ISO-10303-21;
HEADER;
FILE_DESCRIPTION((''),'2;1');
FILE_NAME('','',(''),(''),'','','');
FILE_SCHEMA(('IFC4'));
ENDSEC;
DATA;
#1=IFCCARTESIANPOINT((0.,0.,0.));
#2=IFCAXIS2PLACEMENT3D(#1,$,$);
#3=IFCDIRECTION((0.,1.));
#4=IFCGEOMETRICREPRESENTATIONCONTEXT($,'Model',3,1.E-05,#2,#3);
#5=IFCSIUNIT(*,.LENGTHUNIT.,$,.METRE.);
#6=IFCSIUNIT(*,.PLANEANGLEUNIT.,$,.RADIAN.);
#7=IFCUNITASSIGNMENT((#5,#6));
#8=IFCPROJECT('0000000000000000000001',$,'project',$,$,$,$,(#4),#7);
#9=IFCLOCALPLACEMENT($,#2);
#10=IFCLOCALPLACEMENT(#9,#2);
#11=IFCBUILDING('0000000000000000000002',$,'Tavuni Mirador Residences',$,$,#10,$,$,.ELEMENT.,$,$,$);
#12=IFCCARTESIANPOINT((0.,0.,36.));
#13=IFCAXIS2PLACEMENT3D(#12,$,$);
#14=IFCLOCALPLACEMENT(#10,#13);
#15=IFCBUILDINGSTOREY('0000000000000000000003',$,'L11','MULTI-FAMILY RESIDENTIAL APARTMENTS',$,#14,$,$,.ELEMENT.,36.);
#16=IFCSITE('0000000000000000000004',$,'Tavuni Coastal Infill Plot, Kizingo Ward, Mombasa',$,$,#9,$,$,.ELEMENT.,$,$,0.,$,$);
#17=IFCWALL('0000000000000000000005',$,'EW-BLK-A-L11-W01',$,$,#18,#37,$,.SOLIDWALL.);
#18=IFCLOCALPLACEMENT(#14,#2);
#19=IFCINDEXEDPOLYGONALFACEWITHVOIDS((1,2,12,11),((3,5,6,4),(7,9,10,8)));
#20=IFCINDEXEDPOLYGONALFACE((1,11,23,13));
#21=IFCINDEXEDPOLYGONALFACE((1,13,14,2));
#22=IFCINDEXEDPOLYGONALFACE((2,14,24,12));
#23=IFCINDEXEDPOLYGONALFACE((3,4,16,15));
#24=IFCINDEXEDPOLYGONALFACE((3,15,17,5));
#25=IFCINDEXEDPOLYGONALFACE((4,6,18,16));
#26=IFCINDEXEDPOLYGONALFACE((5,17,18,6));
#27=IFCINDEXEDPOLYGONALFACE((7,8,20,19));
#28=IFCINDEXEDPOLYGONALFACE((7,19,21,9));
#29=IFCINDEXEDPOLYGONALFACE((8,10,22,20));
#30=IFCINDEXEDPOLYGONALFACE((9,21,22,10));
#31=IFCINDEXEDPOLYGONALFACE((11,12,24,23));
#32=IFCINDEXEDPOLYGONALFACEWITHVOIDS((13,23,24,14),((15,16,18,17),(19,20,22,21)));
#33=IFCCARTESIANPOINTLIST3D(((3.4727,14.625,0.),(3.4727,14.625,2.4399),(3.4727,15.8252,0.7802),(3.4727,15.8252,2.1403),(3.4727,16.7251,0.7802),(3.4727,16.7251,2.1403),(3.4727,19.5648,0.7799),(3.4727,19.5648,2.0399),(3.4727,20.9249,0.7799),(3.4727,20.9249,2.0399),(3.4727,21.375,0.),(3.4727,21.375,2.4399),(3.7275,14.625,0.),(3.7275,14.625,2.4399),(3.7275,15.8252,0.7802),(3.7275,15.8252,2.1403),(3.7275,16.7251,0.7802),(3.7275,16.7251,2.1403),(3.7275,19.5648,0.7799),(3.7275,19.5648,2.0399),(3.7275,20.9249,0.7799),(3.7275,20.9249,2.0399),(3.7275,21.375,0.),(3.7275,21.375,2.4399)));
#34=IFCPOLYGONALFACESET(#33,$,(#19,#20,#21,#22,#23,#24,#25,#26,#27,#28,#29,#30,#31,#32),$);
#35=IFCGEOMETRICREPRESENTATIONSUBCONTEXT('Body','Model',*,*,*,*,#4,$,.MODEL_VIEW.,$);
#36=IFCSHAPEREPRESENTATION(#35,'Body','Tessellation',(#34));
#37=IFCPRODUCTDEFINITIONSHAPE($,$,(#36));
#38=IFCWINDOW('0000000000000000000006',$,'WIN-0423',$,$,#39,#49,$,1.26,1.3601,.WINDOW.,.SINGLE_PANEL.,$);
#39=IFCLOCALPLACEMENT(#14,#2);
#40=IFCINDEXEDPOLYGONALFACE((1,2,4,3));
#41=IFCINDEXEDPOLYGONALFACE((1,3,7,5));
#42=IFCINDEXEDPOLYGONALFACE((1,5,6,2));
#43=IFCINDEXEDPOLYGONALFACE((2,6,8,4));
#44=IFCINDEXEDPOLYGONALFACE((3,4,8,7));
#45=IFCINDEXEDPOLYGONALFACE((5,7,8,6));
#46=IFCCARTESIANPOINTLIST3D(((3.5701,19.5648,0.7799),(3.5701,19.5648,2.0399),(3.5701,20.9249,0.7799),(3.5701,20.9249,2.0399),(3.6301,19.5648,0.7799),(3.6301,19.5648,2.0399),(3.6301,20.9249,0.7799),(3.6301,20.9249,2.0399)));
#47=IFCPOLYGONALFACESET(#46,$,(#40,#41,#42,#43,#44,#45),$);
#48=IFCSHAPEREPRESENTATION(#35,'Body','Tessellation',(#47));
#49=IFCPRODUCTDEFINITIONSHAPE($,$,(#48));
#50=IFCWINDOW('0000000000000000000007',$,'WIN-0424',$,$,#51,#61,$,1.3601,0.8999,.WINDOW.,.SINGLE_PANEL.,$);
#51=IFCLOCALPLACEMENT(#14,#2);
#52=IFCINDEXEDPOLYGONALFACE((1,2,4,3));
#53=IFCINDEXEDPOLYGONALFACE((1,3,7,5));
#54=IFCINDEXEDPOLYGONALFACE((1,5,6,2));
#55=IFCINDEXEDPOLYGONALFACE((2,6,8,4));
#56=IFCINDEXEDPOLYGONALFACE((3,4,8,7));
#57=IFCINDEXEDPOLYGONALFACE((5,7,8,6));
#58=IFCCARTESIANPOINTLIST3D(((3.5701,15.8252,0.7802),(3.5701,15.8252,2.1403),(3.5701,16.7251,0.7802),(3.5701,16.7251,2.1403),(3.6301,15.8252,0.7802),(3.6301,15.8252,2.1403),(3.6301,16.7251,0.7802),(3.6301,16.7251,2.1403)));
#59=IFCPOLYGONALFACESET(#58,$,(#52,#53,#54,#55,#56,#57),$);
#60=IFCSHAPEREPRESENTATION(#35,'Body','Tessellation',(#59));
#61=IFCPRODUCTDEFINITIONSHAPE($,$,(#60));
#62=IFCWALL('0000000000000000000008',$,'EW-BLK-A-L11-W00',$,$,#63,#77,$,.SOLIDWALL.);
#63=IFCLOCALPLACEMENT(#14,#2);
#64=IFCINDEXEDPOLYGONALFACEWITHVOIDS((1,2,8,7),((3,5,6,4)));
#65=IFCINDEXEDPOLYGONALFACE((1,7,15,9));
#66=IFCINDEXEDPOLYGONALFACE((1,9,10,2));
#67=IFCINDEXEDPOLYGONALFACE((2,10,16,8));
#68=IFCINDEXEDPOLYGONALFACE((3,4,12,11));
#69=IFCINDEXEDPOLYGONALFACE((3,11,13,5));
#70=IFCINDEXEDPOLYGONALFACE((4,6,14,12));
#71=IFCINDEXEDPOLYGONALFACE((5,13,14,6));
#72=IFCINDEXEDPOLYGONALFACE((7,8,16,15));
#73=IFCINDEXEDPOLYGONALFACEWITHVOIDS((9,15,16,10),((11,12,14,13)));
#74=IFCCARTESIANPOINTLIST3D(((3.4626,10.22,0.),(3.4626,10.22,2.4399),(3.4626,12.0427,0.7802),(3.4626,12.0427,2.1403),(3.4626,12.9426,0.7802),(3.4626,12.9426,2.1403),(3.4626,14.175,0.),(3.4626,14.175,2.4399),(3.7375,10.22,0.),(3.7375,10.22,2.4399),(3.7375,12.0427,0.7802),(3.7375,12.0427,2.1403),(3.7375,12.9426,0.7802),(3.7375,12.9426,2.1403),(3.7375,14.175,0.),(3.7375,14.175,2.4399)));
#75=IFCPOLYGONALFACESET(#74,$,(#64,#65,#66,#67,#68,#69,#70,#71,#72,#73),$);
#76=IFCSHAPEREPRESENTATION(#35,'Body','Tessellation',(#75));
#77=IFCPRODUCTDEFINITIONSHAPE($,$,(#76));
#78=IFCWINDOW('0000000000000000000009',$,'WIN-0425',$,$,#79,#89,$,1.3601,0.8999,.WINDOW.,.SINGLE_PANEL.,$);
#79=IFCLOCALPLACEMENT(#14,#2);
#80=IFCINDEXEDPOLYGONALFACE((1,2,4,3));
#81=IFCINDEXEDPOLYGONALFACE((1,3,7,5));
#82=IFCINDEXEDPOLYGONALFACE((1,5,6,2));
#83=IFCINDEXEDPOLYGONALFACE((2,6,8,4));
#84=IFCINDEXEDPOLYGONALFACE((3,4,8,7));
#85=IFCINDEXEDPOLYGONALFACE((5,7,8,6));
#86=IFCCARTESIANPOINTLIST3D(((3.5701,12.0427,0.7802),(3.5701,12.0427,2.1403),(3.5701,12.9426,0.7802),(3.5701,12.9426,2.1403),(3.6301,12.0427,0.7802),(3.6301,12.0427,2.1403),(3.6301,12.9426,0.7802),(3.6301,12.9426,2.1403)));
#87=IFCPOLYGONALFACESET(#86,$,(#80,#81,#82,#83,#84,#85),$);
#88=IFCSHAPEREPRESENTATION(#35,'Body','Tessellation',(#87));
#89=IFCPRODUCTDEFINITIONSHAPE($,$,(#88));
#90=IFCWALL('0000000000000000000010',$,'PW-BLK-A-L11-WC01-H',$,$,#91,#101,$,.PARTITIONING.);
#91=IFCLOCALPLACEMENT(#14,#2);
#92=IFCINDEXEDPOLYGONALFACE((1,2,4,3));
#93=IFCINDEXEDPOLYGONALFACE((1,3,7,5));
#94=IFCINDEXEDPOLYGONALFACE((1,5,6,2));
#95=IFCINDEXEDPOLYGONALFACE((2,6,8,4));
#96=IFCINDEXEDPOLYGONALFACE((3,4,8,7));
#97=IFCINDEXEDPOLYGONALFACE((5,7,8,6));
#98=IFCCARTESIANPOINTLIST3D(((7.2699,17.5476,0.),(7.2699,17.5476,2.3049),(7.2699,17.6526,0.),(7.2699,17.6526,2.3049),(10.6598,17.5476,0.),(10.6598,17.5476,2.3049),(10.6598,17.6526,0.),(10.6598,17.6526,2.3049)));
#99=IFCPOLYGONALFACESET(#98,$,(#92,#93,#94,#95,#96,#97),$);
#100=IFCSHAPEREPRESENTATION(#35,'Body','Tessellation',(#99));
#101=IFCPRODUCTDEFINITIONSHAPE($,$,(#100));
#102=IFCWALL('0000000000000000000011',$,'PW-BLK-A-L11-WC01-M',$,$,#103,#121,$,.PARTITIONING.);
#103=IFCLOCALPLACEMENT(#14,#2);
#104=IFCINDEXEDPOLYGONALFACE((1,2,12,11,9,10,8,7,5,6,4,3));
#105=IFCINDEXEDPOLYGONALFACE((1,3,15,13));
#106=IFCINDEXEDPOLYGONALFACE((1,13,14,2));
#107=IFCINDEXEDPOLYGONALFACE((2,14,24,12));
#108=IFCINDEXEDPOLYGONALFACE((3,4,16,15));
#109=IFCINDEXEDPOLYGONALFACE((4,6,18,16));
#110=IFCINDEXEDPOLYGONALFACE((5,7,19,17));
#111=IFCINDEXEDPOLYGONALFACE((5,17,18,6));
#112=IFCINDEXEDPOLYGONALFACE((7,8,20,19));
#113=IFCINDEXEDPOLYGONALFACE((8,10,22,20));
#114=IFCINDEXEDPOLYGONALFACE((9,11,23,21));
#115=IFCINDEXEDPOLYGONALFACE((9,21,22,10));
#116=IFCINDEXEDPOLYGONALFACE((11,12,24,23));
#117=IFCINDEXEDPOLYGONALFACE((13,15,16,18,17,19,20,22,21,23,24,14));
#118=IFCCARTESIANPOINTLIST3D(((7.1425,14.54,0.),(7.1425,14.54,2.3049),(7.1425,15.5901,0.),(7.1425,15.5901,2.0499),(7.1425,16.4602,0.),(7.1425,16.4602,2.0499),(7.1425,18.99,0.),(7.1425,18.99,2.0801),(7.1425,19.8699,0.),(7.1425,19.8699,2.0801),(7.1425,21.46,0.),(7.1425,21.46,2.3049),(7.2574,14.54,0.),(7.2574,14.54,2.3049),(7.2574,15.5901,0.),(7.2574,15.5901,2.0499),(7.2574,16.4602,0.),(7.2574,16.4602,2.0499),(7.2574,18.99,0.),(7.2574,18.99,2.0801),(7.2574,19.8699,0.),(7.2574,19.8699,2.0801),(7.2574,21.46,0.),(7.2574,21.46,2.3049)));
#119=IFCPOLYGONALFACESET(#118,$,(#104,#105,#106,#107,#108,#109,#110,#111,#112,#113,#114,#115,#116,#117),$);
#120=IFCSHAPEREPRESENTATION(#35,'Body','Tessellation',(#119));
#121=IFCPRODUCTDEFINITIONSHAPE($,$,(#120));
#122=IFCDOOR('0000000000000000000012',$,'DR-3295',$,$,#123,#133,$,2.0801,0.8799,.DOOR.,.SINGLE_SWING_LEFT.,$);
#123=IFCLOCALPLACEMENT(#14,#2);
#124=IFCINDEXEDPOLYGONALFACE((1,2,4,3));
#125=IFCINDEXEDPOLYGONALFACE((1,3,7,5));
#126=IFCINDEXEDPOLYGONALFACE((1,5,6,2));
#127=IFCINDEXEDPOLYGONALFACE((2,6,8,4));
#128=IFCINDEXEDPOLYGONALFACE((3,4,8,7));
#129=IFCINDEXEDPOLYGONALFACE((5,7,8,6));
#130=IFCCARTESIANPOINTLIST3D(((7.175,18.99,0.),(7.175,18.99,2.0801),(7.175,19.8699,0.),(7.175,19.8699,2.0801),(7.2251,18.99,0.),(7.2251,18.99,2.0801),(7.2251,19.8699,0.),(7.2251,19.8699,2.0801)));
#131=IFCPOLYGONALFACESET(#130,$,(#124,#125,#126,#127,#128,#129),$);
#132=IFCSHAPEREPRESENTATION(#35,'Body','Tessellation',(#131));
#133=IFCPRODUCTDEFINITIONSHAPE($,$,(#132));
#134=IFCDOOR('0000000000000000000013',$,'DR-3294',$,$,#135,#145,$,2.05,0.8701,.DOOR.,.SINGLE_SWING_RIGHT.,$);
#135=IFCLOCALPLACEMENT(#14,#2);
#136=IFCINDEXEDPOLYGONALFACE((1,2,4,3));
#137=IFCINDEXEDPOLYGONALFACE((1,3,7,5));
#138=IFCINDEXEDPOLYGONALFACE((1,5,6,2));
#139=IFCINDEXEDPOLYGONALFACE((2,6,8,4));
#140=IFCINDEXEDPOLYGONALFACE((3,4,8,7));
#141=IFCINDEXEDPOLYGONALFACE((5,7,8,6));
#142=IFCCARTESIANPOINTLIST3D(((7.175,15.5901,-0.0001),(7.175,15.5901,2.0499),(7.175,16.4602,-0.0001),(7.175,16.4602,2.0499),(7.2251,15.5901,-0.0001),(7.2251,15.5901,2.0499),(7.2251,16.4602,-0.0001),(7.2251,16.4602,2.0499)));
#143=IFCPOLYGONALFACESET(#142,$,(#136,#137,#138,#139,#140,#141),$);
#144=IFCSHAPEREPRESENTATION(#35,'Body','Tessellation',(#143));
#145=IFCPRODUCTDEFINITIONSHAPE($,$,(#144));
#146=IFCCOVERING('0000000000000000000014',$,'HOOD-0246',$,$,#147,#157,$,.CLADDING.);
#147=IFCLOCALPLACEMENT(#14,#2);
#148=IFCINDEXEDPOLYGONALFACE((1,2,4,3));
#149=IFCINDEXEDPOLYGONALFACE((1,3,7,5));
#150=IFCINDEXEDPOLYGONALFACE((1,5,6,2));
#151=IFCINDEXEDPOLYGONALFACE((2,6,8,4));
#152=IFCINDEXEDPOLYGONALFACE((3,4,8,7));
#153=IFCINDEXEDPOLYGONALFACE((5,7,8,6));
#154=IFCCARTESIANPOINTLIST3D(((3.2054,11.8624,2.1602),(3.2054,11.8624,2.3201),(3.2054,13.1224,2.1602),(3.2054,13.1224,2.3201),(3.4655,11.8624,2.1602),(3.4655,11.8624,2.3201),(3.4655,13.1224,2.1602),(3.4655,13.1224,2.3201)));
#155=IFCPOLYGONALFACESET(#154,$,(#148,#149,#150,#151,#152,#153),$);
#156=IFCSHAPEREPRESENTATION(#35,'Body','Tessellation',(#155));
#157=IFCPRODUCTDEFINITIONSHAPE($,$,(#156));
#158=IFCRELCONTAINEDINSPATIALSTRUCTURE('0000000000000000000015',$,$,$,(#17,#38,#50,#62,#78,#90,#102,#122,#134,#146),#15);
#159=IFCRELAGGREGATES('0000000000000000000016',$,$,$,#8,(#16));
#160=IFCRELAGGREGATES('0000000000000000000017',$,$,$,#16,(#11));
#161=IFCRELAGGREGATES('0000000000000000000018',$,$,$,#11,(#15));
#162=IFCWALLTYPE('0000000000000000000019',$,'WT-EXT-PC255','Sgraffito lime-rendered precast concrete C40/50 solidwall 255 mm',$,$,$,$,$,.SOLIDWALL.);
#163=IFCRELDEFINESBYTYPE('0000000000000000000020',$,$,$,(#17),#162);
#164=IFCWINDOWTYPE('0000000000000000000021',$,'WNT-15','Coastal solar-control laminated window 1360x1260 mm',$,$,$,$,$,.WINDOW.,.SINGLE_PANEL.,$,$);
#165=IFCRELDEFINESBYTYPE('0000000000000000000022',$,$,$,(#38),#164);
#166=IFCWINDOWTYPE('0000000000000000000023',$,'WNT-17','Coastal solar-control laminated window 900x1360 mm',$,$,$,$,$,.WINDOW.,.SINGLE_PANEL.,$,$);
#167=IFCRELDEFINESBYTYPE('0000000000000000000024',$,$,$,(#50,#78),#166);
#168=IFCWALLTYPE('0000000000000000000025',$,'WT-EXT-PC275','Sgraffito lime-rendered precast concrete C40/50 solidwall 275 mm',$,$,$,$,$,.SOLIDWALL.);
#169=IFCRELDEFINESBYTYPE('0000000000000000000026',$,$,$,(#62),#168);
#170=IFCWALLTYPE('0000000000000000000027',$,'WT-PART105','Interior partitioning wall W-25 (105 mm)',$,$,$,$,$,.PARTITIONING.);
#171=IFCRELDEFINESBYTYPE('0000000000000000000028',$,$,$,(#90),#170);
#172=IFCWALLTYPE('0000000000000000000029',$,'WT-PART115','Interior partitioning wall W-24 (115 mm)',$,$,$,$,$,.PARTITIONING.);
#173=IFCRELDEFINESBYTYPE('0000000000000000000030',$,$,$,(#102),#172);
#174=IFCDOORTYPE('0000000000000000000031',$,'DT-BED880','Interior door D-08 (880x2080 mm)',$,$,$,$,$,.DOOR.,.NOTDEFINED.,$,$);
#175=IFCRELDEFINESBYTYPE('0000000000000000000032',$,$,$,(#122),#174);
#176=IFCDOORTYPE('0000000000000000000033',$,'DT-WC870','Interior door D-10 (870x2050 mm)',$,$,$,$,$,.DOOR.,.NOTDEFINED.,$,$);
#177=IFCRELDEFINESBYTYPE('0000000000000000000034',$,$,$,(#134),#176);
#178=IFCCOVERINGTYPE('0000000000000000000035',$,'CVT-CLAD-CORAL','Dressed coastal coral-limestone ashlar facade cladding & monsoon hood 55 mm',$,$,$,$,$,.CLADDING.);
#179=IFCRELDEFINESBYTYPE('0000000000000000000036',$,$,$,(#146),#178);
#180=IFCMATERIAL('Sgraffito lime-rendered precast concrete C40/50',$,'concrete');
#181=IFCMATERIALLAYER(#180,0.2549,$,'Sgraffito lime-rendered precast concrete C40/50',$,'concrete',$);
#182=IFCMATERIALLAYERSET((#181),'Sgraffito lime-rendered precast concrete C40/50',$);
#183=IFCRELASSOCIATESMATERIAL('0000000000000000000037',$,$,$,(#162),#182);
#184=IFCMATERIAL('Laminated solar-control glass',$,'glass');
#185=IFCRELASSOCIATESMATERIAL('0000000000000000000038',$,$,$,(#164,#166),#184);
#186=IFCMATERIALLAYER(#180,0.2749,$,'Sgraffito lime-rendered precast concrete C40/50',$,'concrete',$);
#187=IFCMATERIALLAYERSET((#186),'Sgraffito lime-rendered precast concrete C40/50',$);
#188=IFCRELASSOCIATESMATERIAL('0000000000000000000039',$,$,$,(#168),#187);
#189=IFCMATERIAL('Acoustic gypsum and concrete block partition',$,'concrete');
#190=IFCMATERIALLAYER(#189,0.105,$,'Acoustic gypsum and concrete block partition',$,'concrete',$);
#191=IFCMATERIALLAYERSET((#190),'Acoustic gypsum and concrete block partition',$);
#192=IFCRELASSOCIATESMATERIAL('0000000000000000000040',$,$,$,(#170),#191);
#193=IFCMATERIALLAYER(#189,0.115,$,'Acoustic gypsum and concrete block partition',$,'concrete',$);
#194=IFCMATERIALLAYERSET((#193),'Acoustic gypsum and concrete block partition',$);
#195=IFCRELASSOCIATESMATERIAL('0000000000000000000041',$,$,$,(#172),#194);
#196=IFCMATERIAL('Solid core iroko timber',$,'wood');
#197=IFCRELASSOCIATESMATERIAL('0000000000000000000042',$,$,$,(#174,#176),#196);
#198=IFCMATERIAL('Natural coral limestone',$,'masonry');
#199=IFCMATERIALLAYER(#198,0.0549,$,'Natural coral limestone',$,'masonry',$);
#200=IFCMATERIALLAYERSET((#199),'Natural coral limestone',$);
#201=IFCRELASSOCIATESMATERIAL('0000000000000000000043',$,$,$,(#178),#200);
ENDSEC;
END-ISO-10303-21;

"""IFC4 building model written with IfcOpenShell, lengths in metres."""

from ifc_helpers import new_model, si_unit, direction, frame, frame_2d, origin, origin_2d, place, context, subcontext, project, spatial, rectangle, extrude, material, layer, layer_set, type_object, element, fill, save


model = new_model("IFC4")

# Units and contexts
model_context = context("Model", 3, precision=1e-05, world=origin(), true_north=direction((0.0, 1.0)))
body_context = subcontext(model_context, "Body", "Model", "MODEL_VIEW")
ifc_project = project(units=[si_unit("LENGTHUNIT", "METRE"), si_unit("PLANEANGLEUNIT", "RADIAN")], contexts=[model_context])

# Site, building, storey
site_placement = place(None, origin())
site = spatial("IfcSite", under=ifc_project, at=site_placement, Name="Tavuni Coastal Infill Plot, Kizingo Ward, Mombasa", CompositionType="ELEMENT", RefElevation=0.0)
building_placement = place(site_placement, origin())
building = spatial("IfcBuilding", under=site, at=building_placement, Name="Tavuni Mirador Residences", CompositionType="ELEMENT")
storey_placement = place(building_placement, frame((0.0, 0.0, 36.0)))
storey = spatial("IfcBuildingStorey", under=building, at=storey_placement, Name="L11", Description="MULTI-FAMILY RESIDENTIAL APARTMENTS", CompositionType="ELEMENT", Elevation=36.0)

# Wall, openings, windows
ifc_material_1 = material(Name="Sgraffito lime-rendered precast concrete C40/50", Category="concrete")
ifc_layer_1 = layer(ifc_material_1, 0.2549, Name="Sgraffito lime-rendered precast concrete C40/50", Category="concrete")
ifc_layer_set_1 = layer_set([ifc_layer_1], Name="Sgraffito lime-rendered precast concrete C40/50")
wall_type_1 = type_object("IfcWallType", Name="WT-EXT-PC255", Description="Sgraffito lime-rendered precast concrete C40/50 solidwall 255 mm", PredefinedType="SOLIDWALL", material=ifc_layer_set_1)
wall_1_placement = place(storey_placement, frame((3.6001, 21.375, 0.0), z_axis=(0.0, 0.0, 1.0), x_axis=(0.0, -1.0, 0.0)))
wall_1 = element("IfcWall", 1, at=wall_1_placement, inside=storey, type_object=wall_type_1, Name="EW-BLK-A-L11-W01", PredefinedType="SOLIDWALL", context=body_context, shape_type="SweptSolid", body=[
    extrude(rectangle(XDim=6.75, YDim=0.2549, at=frame_2d((3.375, 0.0))), origin(), (0.0, 0.0, 1.0), 2.4399),
])
opening_1_placement = place(wall_1_placement, frame((0.45, 0.0, 0.78)))
opening_1 = element("IfcOpeningElement", 2, at=opening_1_placement, cuts=wall_1, PredefinedType="OPENING", context=body_context, shape_type="SweptSolid", body=[
    extrude(rectangle(XDim=1.3601, YDim=1.26, at=frame_2d((0.6802, 0.6299))), frame((0.0, 0.1375, 0.0), z_axis=(0.0, -1.0, 0.0), x_axis=(1.0, 0.0, 0.0)), (0.0, 0.0, 1.0), 0.2749),
])
opening_2_placement = place(wall_1_placement, frame((4.6499, 0.0, 0.78)))
opening_2 = element("IfcOpeningElement", 3, at=opening_2_placement, cuts=wall_1, PredefinedType="OPENING", context=body_context, shape_type="SweptSolid", body=[
    extrude(rectangle(XDim=0.8999, YDim=1.3601, at=frame_2d((0.45, 0.6802))), frame((0.0, 0.1375, 0.0), z_axis=(0.0, -1.0, 0.0), x_axis=(1.0, 0.0, 0.0)), (0.0, 0.0, 1.0), 0.2749),
])
ifc_material_2 = material(Name="Laminated solar-control glass", Category="glass")
window_type_1 = type_object("IfcWindowType", Name="WNT-15", Description="Coastal solar-control laminated window 1360x1260 mm", PartitioningType="SINGLE_PANEL", PredefinedType="WINDOW", material=ifc_material_2)
window_1_placement = place(opening_1_placement, origin())
window_1 = element("IfcWindow", 4, at=window_1_placement, inside=storey, type_object=window_type_1, Name="WIN-0423", OverallHeight=1.26, OverallWidth=1.3601, PartitioningType="SINGLE_PANEL", PredefinedType="WINDOW", context=body_context, shape_type="SweptSolid", body=[
    extrude(rectangle(XDim=1.3601, YDim=1.26, at=frame_2d((0.6802, 0.6299))), frame((0.0, 0.03, 0.0), z_axis=(0.0, -1.0, 0.0), x_axis=(1.0, 0.0, 0.0)), (0.0, 0.0, 1.0), 0.0601),
])
fill(opening_1, window_1)
window_type_2 = type_object("IfcWindowType", Name="WNT-17", Description="Coastal solar-control laminated window 900x1360 mm", PartitioningType="SINGLE_PANEL", PredefinedType="WINDOW", material=ifc_material_2)
window_2_placement = place(opening_2_placement, origin())
window_2 = element("IfcWindow", 5, at=window_2_placement, inside=storey, type_object=window_type_2, Name="WIN-0424", OverallHeight=1.3601, OverallWidth=0.8999, PartitioningType="SINGLE_PANEL", PredefinedType="WINDOW", context=body_context, shape_type="SweptSolid", body=[
    extrude(rectangle(XDim=0.8999, YDim=1.3601, at=frame_2d((0.45, 0.6802))), frame((0.0, 0.03, 0.0), z_axis=(0.0, -1.0, 0.0), x_axis=(1.0, 0.0, 0.0)), (0.0, 0.0, 1.0), 0.0601),
])
fill(opening_2, window_2)

# Wall, opening, window
ifc_layer_2 = layer(ifc_material_1, 0.2749, Name="Sgraffito lime-rendered precast concrete C40/50", Category="concrete")
ifc_layer_set_2 = layer_set([ifc_layer_2], Name="Sgraffito lime-rendered precast concrete C40/50")
wall_type_2 = type_object("IfcWallType", Name="WT-EXT-PC275", Description="Sgraffito lime-rendered precast concrete C40/50 solidwall 275 mm", PredefinedType="SOLIDWALL", material=ifc_layer_set_2)
wall_2_placement = place(storey_placement, frame((3.6001, 14.175, 0.0), z_axis=(0.0, 0.0, 1.0), x_axis=(0.0, -1.0, 0.0)))
wall_2 = element("IfcWall", 6, at=wall_2_placement, inside=storey, type_object=wall_type_2, Name="EW-BLK-A-L11-W00", PredefinedType="SOLIDWALL", context=body_context, shape_type="SweptSolid", body=[
    extrude(rectangle(XDim=3.9551, YDim=0.2749, at=frame_2d((1.9775, 0.0))), origin(), (0.0, 0.0, 1.0), 2.4399),
])
opening_3_placement = place(wall_2_placement, frame((1.2324, 0.0, 0.78)))
opening_3 = element("IfcOpeningElement", 7, at=opening_3_placement, cuts=wall_2, PredefinedType="OPENING", context=body_context, shape_type="SweptSolid", body=[
    extrude(rectangle(XDim=0.8999, YDim=1.3601, at=frame_2d((0.45, 0.6802))), frame((0.0, 0.1475, 0.0), z_axis=(0.0, -1.0, 0.0), x_axis=(1.0, 0.0, 0.0)), (0.0, 0.0, 1.0), 0.2949),
])
window_3_placement = place(opening_3_placement, origin())
window_3 = element("IfcWindow", 8, at=window_3_placement, inside=storey, type_object=window_type_2, Name="WIN-0425", OverallHeight=1.3601, OverallWidth=0.8999, PartitioningType="SINGLE_PANEL", PredefinedType="WINDOW", context=body_context, shape_type="SweptSolid", body=[
    extrude(rectangle(XDim=0.8999, YDim=1.3601, at=frame_2d((0.45, 0.6802))), frame((0.0, 0.03, 0.0), z_axis=(0.0, -1.0, 0.0), x_axis=(1.0, 0.0, 0.0)), (0.0, 0.0, 1.0), 0.0601),
])
fill(opening_3, window_3)

# Wall
ifc_material_3 = material(Name="Acoustic gypsum and concrete block partition", Category="concrete")
ifc_layer_3 = layer(ifc_material_3, 0.105, Name="Acoustic gypsum and concrete block partition", Category="concrete")
ifc_layer_set_3 = layer_set([ifc_layer_3], Name="Acoustic gypsum and concrete block partition")
wall_type_3 = type_object("IfcWallType", Name="WT-PART105", Description="Interior partitioning wall W-25 (105 mm)", PredefinedType="PARTITIONING", material=ifc_layer_set_3)
wall_3_placement = place(storey_placement, frame((7.27, 17.6001, 0.0), z_axis=(0.0, 0.0, 1.0), x_axis=(1.0, 0.0, 0.0)))
element("IfcWall", 9, at=wall_3_placement, inside=storey, type_object=wall_type_3, Name="PW-BLK-A-L11-WC01-H", PredefinedType="PARTITIONING", context=body_context, shape_type="SweptSolid", body=[
    extrude(rectangle(XDim=3.3899, YDim=0.105, at=frame_2d((1.6948, 0.0))), origin(), (0.0, 0.0, 1.0), 2.3049),
])

# Wall, openings, doors
ifc_layer_4 = layer(ifc_material_3, 0.115, Name="Acoustic gypsum and concrete block partition", Category="concrete")
ifc_layer_set_4 = layer_set([ifc_layer_4], Name="Acoustic gypsum and concrete block partition")
wall_type_4 = type_object("IfcWallType", Name="WT-PART115", Description="Interior partitioning wall W-24 (115 mm)", PredefinedType="PARTITIONING", material=ifc_layer_set_4)
wall_4_placement = place(storey_placement, frame((7.2, 14.54, 0.0), z_axis=(0.0, 0.0, 1.0), x_axis=(0.0, 1.0, 0.0)))
wall_4 = element("IfcWall", 10, at=wall_4_placement, inside=storey, type_object=wall_type_4, Name="PW-BLK-A-L11-WC01-M", PredefinedType="PARTITIONING", context=body_context, shape_type="SweptSolid", body=[
    extrude(rectangle(XDim=6.9199, YDim=0.115, at=frame_2d((3.46, 0.0))), origin(), (0.0, 0.0, 1.0), 2.3049),
])
opening_4_placement = place(wall_4_placement, frame((1.05, 0.0, 0.0)))
opening_4 = element("IfcOpeningElement", 11, at=opening_4_placement, cuts=wall_4, PredefinedType="OPENING", context=body_context, shape_type="SweptSolid", body=[
    extrude(rectangle(XDim=0.8701, YDim=2.05, at=frame_2d((0.4351, 1.0249))), frame((0.0, 0.0674, 0.0), z_axis=(0.0, -1.0, 0.0), x_axis=(1.0, 0.0, 0.0)), (0.0, 0.0, 1.0), 0.135),
])
opening_5_placement = place(wall_4_placement, frame((4.45, 0.0, 0.0)))
opening_5 = element("IfcOpeningElement", 12, at=opening_5_placement, cuts=wall_4, PredefinedType="OPENING", context=body_context, shape_type="SweptSolid", body=[
    extrude(rectangle(XDim=0.8799, YDim=2.0801, at=frame_2d((0.4399, 1.04))), frame((0.0, 0.0674, 0.0), z_axis=(0.0, -1.0, 0.0), x_axis=(1.0, 0.0, 0.0)), (0.0, 0.0, 1.0), 0.135),
])
ifc_material_4 = material(Name="Solid core iroko timber", Category="wood")
door_type_1 = type_object("IfcDoorType", Name="DT-BED880", Description="Interior door D-08 (880x2080 mm)", OperationType="NOTDEFINED", PredefinedType="DOOR", material=ifc_material_4)
door_1_placement = place(opening_5_placement, origin())
door_1 = element("IfcDoor", 13, at=door_1_placement, inside=storey, type_object=door_type_1, Name="DR-3295", OperationType="SINGLE_SWING_LEFT", OverallHeight=2.0801, OverallWidth=0.8799, PredefinedType="DOOR", context=body_context, shape_type="SweptSolid", body=[
    extrude(rectangle(XDim=0.8799, YDim=2.0801, at=frame_2d((0.4399, 1.04))), frame((0.0, 0.0249, 0.0), z_axis=(0.0, -1.0, 0.0), x_axis=(1.0, 0.0, 0.0)), (0.0, 0.0, 1.0), 0.05),
])
fill(opening_5, door_1)
door_type_2 = type_object("IfcDoorType", Name="DT-WC870", Description="Interior door D-10 (870x2050 mm)", OperationType="NOTDEFINED", PredefinedType="DOOR", material=ifc_material_4)
door_2_placement = place(opening_4_placement, origin())
door_2 = element("IfcDoor", 14, at=door_2_placement, inside=storey, type_object=door_type_2, Name="DR-3294", OperationType="SINGLE_SWING_RIGHT", OverallHeight=2.05, OverallWidth=0.8701, PredefinedType="DOOR", context=body_context, shape_type="SweptSolid", body=[
    extrude(rectangle(XDim=0.8701, YDim=2.05, at=frame_2d((0.4351, 1.0249))), frame((0.0, 0.0249, 0.0), z_axis=(0.0, -1.0, 0.0), x_axis=(1.0, 0.0, 0.0)), (0.0, 0.0, 1.0), 0.05),
])
fill(opening_4, door_2)

# Covering
ifc_material_5 = material(Name="Natural coral limestone", Category="masonry")
ifc_layer_5 = layer(ifc_material_5, 0.0549, Name="Natural coral limestone", Category="masonry")
ifc_layer_set_5 = layer_set([ifc_layer_5], Name="Natural coral limestone")
covering_type = type_object("IfcCoveringType", Name="CVT-CLAD-CORAL", Description="Dressed coastal coral-limestone ashlar facade cladding & monsoon hood 55 mm", PredefinedType="CLADDING", material=ifc_layer_set_5)
covering_placement = place(storey_placement, frame((3.3354, 12.4924, 2.1602), z_axis=(0.0, 0.0, 1.0), x_axis=(0.0, -1.0, 0.0)))
element("IfcCovering", 15, at=covering_placement, inside=storey, type_object=covering_type, Name="HOOD-0246", PredefinedType="CLADDING", context=body_context, shape_type="SweptSolid", body=[
    extrude(rectangle(XDim=1.26, YDim=0.26, at=origin_2d()), origin(), (0.0, 0.0, 1.0), 0.1599),
])

save(model, "model.ifc")
